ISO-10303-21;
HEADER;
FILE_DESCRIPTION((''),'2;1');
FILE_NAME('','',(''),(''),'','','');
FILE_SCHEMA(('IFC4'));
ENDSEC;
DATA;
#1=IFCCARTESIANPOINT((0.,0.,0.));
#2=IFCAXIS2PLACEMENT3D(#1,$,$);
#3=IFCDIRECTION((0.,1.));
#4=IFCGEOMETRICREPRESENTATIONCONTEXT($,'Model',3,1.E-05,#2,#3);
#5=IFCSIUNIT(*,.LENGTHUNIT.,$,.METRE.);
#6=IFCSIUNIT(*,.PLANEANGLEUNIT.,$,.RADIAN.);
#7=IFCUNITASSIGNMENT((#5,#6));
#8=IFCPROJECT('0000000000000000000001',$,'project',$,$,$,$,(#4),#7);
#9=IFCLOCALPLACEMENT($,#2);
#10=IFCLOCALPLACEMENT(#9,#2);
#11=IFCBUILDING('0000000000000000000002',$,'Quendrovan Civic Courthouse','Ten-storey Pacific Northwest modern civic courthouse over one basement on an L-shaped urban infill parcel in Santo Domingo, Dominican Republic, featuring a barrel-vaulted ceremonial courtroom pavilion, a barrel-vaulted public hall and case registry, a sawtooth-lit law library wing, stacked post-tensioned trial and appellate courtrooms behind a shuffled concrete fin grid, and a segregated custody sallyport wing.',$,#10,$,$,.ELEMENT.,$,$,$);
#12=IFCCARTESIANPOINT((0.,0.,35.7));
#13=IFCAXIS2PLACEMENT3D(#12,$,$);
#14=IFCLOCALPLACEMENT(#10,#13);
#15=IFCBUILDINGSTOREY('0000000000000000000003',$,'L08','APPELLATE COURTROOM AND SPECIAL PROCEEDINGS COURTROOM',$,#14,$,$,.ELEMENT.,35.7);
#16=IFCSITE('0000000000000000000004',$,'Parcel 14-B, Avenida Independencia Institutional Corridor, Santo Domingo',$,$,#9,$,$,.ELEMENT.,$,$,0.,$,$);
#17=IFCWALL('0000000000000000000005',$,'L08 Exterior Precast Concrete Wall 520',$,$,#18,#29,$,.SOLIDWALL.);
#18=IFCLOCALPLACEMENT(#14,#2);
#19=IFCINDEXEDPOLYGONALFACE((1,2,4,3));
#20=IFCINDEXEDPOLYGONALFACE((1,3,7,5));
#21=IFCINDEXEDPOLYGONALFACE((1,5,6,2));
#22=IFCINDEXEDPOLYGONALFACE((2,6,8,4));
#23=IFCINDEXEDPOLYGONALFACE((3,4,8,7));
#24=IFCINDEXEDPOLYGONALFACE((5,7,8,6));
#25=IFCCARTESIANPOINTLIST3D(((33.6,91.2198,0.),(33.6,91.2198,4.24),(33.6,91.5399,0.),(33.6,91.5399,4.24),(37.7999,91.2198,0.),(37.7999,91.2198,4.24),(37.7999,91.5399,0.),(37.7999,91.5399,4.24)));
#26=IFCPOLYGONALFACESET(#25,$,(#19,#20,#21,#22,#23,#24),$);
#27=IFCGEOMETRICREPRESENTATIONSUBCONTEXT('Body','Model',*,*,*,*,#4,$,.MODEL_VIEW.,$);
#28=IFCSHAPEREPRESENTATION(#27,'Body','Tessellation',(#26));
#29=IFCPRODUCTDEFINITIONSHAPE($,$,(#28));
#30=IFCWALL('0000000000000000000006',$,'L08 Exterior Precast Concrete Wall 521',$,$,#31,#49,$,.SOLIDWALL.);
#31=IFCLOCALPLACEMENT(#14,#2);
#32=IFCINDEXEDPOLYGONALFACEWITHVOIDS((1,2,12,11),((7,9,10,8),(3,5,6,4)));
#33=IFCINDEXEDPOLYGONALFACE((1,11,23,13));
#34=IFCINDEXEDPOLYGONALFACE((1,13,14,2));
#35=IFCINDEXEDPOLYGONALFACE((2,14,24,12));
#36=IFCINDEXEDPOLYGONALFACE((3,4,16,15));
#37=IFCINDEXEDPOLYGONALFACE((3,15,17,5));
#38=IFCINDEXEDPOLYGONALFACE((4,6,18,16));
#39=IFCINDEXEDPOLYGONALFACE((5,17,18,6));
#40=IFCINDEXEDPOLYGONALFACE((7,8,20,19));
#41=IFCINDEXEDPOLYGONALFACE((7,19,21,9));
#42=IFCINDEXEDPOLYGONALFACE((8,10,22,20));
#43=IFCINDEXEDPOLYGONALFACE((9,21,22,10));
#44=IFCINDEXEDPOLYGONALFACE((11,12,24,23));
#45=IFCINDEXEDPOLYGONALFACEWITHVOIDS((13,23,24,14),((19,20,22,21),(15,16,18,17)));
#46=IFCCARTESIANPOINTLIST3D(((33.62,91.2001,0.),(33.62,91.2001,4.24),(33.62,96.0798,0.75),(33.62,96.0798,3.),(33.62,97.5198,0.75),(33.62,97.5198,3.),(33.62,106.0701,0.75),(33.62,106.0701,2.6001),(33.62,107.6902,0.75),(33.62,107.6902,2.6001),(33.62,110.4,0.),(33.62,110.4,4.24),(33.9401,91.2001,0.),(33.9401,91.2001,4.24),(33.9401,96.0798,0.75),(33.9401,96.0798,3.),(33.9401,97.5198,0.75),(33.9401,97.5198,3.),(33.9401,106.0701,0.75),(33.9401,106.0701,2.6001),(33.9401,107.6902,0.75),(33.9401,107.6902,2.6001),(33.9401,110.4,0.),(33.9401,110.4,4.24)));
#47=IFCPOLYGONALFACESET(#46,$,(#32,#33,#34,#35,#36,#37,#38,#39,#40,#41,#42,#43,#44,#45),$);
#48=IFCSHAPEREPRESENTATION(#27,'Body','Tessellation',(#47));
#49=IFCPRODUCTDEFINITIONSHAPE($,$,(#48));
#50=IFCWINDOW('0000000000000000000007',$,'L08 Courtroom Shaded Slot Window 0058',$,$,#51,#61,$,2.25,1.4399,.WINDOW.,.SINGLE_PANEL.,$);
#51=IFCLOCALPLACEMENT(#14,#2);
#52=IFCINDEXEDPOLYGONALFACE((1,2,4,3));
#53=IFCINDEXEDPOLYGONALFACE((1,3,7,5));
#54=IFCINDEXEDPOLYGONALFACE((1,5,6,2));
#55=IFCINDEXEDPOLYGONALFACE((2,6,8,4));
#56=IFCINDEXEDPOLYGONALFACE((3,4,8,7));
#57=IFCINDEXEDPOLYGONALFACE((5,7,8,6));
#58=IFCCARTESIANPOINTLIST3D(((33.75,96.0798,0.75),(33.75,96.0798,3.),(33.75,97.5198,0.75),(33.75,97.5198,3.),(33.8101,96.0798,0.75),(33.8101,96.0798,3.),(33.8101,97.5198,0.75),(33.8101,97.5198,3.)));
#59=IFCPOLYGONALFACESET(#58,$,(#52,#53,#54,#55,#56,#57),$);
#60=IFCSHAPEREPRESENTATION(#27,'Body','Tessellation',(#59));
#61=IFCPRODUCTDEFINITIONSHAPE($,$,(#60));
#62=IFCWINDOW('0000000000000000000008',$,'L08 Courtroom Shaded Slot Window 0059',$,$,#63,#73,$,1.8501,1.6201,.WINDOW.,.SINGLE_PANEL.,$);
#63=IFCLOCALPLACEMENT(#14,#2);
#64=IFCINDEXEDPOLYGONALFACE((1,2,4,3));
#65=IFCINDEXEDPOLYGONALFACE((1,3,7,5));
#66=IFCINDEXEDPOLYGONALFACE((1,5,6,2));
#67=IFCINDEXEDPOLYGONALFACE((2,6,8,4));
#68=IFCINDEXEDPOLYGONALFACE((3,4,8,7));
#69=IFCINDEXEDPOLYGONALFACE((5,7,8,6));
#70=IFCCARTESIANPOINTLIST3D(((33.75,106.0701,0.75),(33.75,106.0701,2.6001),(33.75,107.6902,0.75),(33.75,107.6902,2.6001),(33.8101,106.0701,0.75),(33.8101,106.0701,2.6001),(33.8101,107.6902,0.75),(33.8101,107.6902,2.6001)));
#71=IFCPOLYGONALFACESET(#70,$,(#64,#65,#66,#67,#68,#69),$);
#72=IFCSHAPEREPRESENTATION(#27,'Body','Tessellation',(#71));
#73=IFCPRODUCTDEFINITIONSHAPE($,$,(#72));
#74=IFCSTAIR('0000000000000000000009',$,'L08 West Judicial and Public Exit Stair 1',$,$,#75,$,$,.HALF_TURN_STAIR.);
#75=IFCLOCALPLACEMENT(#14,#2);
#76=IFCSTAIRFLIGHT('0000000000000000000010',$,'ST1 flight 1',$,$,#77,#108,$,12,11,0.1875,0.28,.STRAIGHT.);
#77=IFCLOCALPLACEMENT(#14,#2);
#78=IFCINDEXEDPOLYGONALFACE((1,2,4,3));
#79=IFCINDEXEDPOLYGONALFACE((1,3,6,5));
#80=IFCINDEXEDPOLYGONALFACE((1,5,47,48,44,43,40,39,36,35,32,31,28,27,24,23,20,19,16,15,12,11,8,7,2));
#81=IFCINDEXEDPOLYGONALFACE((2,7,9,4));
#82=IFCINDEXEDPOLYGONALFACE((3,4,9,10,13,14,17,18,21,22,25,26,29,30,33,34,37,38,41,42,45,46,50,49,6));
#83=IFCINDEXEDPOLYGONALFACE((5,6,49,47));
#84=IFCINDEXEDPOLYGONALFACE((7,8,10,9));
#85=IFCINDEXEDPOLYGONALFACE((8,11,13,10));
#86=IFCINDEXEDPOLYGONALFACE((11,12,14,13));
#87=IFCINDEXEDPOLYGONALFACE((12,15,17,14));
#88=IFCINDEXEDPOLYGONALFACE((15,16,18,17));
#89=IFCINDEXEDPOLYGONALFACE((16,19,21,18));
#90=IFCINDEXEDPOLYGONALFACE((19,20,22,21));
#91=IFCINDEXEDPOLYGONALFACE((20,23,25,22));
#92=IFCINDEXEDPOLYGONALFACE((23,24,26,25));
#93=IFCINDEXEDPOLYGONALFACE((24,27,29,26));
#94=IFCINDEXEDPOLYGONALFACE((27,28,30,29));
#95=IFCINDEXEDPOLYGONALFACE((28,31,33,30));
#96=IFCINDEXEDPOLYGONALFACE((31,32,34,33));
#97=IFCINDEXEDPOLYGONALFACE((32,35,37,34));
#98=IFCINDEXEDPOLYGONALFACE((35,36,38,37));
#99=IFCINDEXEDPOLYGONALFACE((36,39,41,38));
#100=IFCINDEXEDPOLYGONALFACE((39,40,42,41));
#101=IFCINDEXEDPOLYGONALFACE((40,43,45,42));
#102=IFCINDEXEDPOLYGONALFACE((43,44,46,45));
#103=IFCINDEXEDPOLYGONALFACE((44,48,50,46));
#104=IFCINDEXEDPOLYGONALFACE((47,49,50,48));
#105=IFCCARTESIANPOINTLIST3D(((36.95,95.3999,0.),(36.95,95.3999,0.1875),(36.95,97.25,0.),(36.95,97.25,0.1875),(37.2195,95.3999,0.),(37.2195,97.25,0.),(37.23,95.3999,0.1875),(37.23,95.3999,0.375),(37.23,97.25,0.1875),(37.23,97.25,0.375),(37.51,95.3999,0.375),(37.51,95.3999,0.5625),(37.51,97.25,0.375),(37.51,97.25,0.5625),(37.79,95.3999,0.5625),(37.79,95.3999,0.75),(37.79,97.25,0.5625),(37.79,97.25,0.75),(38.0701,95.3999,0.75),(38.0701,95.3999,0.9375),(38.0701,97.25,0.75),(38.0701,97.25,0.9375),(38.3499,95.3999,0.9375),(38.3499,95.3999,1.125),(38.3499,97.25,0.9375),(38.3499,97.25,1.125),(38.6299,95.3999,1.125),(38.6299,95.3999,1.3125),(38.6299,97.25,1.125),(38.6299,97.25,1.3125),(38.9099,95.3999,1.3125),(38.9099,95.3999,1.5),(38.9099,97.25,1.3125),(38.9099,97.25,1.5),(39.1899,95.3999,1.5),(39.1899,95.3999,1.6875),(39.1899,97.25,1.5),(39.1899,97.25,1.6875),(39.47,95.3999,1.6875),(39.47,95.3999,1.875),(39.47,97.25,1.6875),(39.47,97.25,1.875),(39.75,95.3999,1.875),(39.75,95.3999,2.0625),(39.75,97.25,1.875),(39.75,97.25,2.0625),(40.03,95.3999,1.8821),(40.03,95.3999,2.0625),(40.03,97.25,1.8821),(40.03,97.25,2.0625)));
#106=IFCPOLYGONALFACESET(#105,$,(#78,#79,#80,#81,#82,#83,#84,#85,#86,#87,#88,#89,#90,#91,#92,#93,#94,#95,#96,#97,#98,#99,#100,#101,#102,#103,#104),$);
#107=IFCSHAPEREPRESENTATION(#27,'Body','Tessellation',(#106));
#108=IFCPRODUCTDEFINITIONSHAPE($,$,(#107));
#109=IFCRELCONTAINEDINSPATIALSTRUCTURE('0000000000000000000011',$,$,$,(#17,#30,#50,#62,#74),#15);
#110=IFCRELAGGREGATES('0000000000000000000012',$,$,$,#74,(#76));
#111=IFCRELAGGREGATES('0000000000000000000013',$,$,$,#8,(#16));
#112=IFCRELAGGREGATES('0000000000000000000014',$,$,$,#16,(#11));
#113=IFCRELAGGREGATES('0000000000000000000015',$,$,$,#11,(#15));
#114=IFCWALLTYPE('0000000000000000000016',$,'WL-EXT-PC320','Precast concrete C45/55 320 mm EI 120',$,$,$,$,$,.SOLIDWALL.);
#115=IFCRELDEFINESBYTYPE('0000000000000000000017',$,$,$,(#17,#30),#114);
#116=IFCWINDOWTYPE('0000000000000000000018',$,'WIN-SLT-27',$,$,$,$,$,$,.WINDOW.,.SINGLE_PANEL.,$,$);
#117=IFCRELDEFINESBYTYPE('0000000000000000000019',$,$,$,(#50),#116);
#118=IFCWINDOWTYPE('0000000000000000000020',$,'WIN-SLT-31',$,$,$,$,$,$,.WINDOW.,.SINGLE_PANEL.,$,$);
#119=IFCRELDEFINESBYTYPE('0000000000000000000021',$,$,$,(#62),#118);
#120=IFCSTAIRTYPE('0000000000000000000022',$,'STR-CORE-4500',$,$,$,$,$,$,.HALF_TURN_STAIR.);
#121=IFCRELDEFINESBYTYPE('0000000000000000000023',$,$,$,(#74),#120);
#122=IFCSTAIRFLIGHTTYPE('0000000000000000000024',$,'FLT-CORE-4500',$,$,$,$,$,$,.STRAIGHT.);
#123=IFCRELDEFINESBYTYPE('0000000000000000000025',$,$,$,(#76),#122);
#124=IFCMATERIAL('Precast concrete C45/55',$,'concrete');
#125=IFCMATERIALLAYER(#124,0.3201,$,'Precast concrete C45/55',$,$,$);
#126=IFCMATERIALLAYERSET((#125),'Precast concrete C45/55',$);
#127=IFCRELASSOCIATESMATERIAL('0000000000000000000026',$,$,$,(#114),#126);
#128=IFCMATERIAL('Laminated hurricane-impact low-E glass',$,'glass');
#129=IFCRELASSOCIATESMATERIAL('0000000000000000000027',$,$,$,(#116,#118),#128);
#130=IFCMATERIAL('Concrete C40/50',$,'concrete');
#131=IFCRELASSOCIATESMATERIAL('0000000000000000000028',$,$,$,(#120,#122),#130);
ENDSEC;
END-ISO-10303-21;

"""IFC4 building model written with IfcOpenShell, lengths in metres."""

from ifc_helpers import new_model, si_unit, direction, frame, frame_2d, origin, place, context, subcontext, project, spatial, polyline, rectangle, outline, extrude, material, layer, layer_set, type_object, element, fill, aggregate, save


model = new_model("IFC4")

# Units and contexts
model_context = context("Model", 3, precision=1e-05, world=origin(), true_north=direction((0.0, 1.0)))
body_context = subcontext(model_context, "Body", "Model", "MODEL_VIEW")
ifc_project = project(units=[si_unit("LENGTHUNIT", "METRE"), si_unit("PLANEANGLEUNIT", "RADIAN")], contexts=[model_context])

# Site, building, storey
site_placement = place(None, origin())
site = spatial("IfcSite", under=ifc_project, at=site_placement, Name="Parcel 14-B, Avenida Independencia Institutional Corridor, Santo Domingo", CompositionType="ELEMENT", RefElevation=0.0)
building_placement = place(site_placement, origin())
building = spatial("IfcBuilding", under=site, at=building_placement, Name="Quendrovan Civic Courthouse", Description="Ten-storey Pacific Northwest modern civic courthouse over one basement on an L-shaped urban infill parcel in Santo Domingo, Dominican Republic, featuring a barrel-vaulted ceremonial courtroom pavilion, a barrel-vaulted public hall and case registry, a sawtooth-lit law library wing, stacked post-tensioned trial and appellate courtrooms behind a shuffled concrete fin grid, and a segregated custody sallyport wing.", CompositionType="ELEMENT")
storey_placement = place(building_placement, frame((0.0, 0.0, 35.7)))
storey = spatial("IfcBuildingStorey", under=building, at=storey_placement, Name="L08", Description="APPELLATE COURTROOM AND SPECIAL PROCEEDINGS COURTROOM", CompositionType="ELEMENT", Elevation=35.7)

# Shared definitions
ifc_material_1 = material(Name="Concrete C40/50", Category="concrete")

# Shared definitions
ifc_material_2 = material(Name="Precast concrete C45/55", Category="concrete")

# Wall
ifc_layer_1 = layer(ifc_material_2, 0.3201, Name="Precast concrete C45/55")
ifc_layer_set_1 = layer_set([ifc_layer_1], Name="Precast concrete C45/55")
wall_type_1 = type_object("IfcWallType", Name="WL-EXT-PC320", Description="Precast concrete C45/55 320 mm EI 120", PredefinedType="SOLIDWALL", material=ifc_layer_set_1)
wall_1_placement = place(storey_placement, frame((37.8, 91.3799, 0.0), z_axis=(0.0, 0.0, 1.0), x_axis=(-1.0, 0.0, 0.0)))
element("IfcWall", 1, at=wall_1_placement, inside=storey, type_object=wall_type_1, Name="L08 Exterior Precast Concrete Wall 520", PredefinedType="SOLIDWALL", context=body_context, shape_type="SweptSolid", body=[
    extrude(rectangle(XDim=4.2, YDim=0.3201, at=frame_2d((2.1001, 0.0))), origin(), (0.0, 0.0, 1.0), 4.24),
])

# Wall, openings, windows
wall_2_placement = place(storey_placement, frame((33.78, 91.2, 0.0), z_axis=(0.0, 0.0, 1.0), x_axis=(0.0, 1.0, 0.0)))
wall_2 = element("IfcWall", 2, at=wall_2_placement, inside=storey, type_object=wall_type_1, Name="L08 Exterior Precast Concrete Wall 521", PredefinedType="SOLIDWALL", context=body_context, shape_type="SweptSolid", body=[
    extrude(rectangle(XDim=19.2, YDim=0.3201, at=frame_2d((9.6001, 0.0))), origin(), (0.0, 0.0, 1.0), 4.24),
])
opening_1_placement = place(wall_2_placement, frame((4.8799, 0.0, 0.75)))
opening_1 = element("IfcOpeningElement", 3, at=opening_1_placement, cuts=wall_2, PredefinedType="OPENING", context=body_context, shape_type="SweptSolid", body=[
    extrude(rectangle(XDim=1.4399, YDim=2.25, at=frame_2d((0.72, 1.125))), frame((0.0, 0.1699, 0.0), z_axis=(0.0, -1.0, 0.0), x_axis=(1.0, 0.0, 0.0)), (0.0, 0.0, 1.0), 0.3401),
])
opening_2_placement = place(wall_2_placement, frame((14.8701, 0.0, 0.75)))
opening_2 = element("IfcOpeningElement", 4, at=opening_2_placement, cuts=wall_2, PredefinedType="OPENING", context=body_context, shape_type="SweptSolid", body=[
    extrude(rectangle(XDim=1.6201, YDim=1.8501, at=frame_2d((0.8101, 0.925))), frame((0.0, 0.1699, 0.0), z_axis=(0.0, -1.0, 0.0), x_axis=(1.0, 0.0, 0.0)), (0.0, 0.0, 1.0), 0.3401),
])
ifc_material_3 = material(Name="Laminated hurricane-impact low-E glass", Category="glass")
window_type_1 = type_object("IfcWindowType", Name="WIN-SLT-27", PartitioningType="SINGLE_PANEL", PredefinedType="WINDOW", material=ifc_material_3)
window_1_placement = place(opening_1_placement, origin())
window_1 = element("IfcWindow", 5, at=window_1_placement, inside=storey, type_object=window_type_1, Name="L08 Courtroom Shaded Slot Window 0058", OverallHeight=2.25, OverallWidth=1.4399, PartitioningType="SINGLE_PANEL", PredefinedType="WINDOW", context=body_context, shape_type="SweptSolid", body=[
    extrude(rectangle(XDim=1.4399, YDim=2.25, at=frame_2d((0.72, 1.125))), frame((0.0, 0.03, 0.0), z_axis=(0.0, -1.0, 0.0), x_axis=(1.0, 0.0, 0.0)), (0.0, 0.0, 1.0), 0.0601),
])
fill(opening_1, window_1)
window_type_2 = type_object("IfcWindowType", Name="WIN-SLT-31", PartitioningType="SINGLE_PANEL", PredefinedType="WINDOW", material=ifc_material_3)
window_2_placement = place(opening_2_placement, origin())
window_2 = element("IfcWindow", 6, at=window_2_placement, inside=storey, type_object=window_type_2, Name="L08 Courtroom Shaded Slot Window 0059", OverallHeight=1.8501, OverallWidth=1.6201, PartitioningType="SINGLE_PANEL", PredefinedType="WINDOW", context=body_context, shape_type="SweptSolid", body=[
    extrude(rectangle(XDim=1.6201, YDim=1.8501, at=frame_2d((0.8101, 0.925))), frame((0.0, 0.03, 0.0), z_axis=(0.0, -1.0, 0.0), x_axis=(1.0, 0.0, 0.0)), (0.0, 0.0, 1.0), 0.0601),
])
fill(opening_2, window_2)

# Stair, stair flight
stair_type = type_object("IfcStairType", Name="STR-CORE-4500", PredefinedType="HALF_TURN_STAIR", material=ifc_material_1)
stair_placement = place(storey_placement, origin())
stair = element("IfcStair", 7, at=stair_placement, inside=storey, type_object=stair_type, Name="L08 West Judicial and Public Exit Stair 1", PredefinedType="HALF_TURN_STAIR")
stair_flight_type = type_object("IfcStairFlightType", Name="FLT-CORE-4500", PredefinedType="STRAIGHT", material=ifc_material_1)
stair_flight_placement = place(storey_placement, frame((36.95, 96.325, 0.0), z_axis=(0.0, 0.0, 1.0), x_axis=(1.0, 0.0, 0.0)))
stair_flight = element("IfcStairFlight", 8, at=stair_flight_placement, type_object=stair_flight_type, Name="ST1 flight 1", NumberOfRisers=12, NumberOfTreads=11, PredefinedType="STRAIGHT", RiserHeight=0.1875, TreadLength=0.28, context=body_context, shape_type="SweptSolid", body=[
    extrude(outline(polyline([(0.0, 0.0), (0.0, 0.1875), (0.28, 0.1875), (0.28, 0.375), (0.5601, 0.375), (0.5601, 0.5625), (0.8401, 0.5625), (0.8401, 0.75), (1.1201, 0.75), (1.1201, 0.9375), (1.3999, 0.9375), (1.3999, 1.125), (1.6799, 1.125), (1.6799, 1.3125), (1.96, 1.3125), (1.96, 1.5), (2.24, 1.5), (2.24, 1.6875), (2.52, 1.6875), (2.52, 1.875), (2.8, 1.875), (2.8, 2.0625), (3.0801, 2.0625), (3.0801, 2.25), (3.0801, 1.8821), (0.2695, 0.0), (0.0, 0.0)])), frame((0.0, 0.925, 0.0), z_axis=(0.0, -1.0, 0.0), x_axis=(1.0, 0.0, 0.0)), (0.0, 0.0, 1.0), 1.8501),
])
aggregate(stair, [stair_flight])

save(model, "model.ifc")
